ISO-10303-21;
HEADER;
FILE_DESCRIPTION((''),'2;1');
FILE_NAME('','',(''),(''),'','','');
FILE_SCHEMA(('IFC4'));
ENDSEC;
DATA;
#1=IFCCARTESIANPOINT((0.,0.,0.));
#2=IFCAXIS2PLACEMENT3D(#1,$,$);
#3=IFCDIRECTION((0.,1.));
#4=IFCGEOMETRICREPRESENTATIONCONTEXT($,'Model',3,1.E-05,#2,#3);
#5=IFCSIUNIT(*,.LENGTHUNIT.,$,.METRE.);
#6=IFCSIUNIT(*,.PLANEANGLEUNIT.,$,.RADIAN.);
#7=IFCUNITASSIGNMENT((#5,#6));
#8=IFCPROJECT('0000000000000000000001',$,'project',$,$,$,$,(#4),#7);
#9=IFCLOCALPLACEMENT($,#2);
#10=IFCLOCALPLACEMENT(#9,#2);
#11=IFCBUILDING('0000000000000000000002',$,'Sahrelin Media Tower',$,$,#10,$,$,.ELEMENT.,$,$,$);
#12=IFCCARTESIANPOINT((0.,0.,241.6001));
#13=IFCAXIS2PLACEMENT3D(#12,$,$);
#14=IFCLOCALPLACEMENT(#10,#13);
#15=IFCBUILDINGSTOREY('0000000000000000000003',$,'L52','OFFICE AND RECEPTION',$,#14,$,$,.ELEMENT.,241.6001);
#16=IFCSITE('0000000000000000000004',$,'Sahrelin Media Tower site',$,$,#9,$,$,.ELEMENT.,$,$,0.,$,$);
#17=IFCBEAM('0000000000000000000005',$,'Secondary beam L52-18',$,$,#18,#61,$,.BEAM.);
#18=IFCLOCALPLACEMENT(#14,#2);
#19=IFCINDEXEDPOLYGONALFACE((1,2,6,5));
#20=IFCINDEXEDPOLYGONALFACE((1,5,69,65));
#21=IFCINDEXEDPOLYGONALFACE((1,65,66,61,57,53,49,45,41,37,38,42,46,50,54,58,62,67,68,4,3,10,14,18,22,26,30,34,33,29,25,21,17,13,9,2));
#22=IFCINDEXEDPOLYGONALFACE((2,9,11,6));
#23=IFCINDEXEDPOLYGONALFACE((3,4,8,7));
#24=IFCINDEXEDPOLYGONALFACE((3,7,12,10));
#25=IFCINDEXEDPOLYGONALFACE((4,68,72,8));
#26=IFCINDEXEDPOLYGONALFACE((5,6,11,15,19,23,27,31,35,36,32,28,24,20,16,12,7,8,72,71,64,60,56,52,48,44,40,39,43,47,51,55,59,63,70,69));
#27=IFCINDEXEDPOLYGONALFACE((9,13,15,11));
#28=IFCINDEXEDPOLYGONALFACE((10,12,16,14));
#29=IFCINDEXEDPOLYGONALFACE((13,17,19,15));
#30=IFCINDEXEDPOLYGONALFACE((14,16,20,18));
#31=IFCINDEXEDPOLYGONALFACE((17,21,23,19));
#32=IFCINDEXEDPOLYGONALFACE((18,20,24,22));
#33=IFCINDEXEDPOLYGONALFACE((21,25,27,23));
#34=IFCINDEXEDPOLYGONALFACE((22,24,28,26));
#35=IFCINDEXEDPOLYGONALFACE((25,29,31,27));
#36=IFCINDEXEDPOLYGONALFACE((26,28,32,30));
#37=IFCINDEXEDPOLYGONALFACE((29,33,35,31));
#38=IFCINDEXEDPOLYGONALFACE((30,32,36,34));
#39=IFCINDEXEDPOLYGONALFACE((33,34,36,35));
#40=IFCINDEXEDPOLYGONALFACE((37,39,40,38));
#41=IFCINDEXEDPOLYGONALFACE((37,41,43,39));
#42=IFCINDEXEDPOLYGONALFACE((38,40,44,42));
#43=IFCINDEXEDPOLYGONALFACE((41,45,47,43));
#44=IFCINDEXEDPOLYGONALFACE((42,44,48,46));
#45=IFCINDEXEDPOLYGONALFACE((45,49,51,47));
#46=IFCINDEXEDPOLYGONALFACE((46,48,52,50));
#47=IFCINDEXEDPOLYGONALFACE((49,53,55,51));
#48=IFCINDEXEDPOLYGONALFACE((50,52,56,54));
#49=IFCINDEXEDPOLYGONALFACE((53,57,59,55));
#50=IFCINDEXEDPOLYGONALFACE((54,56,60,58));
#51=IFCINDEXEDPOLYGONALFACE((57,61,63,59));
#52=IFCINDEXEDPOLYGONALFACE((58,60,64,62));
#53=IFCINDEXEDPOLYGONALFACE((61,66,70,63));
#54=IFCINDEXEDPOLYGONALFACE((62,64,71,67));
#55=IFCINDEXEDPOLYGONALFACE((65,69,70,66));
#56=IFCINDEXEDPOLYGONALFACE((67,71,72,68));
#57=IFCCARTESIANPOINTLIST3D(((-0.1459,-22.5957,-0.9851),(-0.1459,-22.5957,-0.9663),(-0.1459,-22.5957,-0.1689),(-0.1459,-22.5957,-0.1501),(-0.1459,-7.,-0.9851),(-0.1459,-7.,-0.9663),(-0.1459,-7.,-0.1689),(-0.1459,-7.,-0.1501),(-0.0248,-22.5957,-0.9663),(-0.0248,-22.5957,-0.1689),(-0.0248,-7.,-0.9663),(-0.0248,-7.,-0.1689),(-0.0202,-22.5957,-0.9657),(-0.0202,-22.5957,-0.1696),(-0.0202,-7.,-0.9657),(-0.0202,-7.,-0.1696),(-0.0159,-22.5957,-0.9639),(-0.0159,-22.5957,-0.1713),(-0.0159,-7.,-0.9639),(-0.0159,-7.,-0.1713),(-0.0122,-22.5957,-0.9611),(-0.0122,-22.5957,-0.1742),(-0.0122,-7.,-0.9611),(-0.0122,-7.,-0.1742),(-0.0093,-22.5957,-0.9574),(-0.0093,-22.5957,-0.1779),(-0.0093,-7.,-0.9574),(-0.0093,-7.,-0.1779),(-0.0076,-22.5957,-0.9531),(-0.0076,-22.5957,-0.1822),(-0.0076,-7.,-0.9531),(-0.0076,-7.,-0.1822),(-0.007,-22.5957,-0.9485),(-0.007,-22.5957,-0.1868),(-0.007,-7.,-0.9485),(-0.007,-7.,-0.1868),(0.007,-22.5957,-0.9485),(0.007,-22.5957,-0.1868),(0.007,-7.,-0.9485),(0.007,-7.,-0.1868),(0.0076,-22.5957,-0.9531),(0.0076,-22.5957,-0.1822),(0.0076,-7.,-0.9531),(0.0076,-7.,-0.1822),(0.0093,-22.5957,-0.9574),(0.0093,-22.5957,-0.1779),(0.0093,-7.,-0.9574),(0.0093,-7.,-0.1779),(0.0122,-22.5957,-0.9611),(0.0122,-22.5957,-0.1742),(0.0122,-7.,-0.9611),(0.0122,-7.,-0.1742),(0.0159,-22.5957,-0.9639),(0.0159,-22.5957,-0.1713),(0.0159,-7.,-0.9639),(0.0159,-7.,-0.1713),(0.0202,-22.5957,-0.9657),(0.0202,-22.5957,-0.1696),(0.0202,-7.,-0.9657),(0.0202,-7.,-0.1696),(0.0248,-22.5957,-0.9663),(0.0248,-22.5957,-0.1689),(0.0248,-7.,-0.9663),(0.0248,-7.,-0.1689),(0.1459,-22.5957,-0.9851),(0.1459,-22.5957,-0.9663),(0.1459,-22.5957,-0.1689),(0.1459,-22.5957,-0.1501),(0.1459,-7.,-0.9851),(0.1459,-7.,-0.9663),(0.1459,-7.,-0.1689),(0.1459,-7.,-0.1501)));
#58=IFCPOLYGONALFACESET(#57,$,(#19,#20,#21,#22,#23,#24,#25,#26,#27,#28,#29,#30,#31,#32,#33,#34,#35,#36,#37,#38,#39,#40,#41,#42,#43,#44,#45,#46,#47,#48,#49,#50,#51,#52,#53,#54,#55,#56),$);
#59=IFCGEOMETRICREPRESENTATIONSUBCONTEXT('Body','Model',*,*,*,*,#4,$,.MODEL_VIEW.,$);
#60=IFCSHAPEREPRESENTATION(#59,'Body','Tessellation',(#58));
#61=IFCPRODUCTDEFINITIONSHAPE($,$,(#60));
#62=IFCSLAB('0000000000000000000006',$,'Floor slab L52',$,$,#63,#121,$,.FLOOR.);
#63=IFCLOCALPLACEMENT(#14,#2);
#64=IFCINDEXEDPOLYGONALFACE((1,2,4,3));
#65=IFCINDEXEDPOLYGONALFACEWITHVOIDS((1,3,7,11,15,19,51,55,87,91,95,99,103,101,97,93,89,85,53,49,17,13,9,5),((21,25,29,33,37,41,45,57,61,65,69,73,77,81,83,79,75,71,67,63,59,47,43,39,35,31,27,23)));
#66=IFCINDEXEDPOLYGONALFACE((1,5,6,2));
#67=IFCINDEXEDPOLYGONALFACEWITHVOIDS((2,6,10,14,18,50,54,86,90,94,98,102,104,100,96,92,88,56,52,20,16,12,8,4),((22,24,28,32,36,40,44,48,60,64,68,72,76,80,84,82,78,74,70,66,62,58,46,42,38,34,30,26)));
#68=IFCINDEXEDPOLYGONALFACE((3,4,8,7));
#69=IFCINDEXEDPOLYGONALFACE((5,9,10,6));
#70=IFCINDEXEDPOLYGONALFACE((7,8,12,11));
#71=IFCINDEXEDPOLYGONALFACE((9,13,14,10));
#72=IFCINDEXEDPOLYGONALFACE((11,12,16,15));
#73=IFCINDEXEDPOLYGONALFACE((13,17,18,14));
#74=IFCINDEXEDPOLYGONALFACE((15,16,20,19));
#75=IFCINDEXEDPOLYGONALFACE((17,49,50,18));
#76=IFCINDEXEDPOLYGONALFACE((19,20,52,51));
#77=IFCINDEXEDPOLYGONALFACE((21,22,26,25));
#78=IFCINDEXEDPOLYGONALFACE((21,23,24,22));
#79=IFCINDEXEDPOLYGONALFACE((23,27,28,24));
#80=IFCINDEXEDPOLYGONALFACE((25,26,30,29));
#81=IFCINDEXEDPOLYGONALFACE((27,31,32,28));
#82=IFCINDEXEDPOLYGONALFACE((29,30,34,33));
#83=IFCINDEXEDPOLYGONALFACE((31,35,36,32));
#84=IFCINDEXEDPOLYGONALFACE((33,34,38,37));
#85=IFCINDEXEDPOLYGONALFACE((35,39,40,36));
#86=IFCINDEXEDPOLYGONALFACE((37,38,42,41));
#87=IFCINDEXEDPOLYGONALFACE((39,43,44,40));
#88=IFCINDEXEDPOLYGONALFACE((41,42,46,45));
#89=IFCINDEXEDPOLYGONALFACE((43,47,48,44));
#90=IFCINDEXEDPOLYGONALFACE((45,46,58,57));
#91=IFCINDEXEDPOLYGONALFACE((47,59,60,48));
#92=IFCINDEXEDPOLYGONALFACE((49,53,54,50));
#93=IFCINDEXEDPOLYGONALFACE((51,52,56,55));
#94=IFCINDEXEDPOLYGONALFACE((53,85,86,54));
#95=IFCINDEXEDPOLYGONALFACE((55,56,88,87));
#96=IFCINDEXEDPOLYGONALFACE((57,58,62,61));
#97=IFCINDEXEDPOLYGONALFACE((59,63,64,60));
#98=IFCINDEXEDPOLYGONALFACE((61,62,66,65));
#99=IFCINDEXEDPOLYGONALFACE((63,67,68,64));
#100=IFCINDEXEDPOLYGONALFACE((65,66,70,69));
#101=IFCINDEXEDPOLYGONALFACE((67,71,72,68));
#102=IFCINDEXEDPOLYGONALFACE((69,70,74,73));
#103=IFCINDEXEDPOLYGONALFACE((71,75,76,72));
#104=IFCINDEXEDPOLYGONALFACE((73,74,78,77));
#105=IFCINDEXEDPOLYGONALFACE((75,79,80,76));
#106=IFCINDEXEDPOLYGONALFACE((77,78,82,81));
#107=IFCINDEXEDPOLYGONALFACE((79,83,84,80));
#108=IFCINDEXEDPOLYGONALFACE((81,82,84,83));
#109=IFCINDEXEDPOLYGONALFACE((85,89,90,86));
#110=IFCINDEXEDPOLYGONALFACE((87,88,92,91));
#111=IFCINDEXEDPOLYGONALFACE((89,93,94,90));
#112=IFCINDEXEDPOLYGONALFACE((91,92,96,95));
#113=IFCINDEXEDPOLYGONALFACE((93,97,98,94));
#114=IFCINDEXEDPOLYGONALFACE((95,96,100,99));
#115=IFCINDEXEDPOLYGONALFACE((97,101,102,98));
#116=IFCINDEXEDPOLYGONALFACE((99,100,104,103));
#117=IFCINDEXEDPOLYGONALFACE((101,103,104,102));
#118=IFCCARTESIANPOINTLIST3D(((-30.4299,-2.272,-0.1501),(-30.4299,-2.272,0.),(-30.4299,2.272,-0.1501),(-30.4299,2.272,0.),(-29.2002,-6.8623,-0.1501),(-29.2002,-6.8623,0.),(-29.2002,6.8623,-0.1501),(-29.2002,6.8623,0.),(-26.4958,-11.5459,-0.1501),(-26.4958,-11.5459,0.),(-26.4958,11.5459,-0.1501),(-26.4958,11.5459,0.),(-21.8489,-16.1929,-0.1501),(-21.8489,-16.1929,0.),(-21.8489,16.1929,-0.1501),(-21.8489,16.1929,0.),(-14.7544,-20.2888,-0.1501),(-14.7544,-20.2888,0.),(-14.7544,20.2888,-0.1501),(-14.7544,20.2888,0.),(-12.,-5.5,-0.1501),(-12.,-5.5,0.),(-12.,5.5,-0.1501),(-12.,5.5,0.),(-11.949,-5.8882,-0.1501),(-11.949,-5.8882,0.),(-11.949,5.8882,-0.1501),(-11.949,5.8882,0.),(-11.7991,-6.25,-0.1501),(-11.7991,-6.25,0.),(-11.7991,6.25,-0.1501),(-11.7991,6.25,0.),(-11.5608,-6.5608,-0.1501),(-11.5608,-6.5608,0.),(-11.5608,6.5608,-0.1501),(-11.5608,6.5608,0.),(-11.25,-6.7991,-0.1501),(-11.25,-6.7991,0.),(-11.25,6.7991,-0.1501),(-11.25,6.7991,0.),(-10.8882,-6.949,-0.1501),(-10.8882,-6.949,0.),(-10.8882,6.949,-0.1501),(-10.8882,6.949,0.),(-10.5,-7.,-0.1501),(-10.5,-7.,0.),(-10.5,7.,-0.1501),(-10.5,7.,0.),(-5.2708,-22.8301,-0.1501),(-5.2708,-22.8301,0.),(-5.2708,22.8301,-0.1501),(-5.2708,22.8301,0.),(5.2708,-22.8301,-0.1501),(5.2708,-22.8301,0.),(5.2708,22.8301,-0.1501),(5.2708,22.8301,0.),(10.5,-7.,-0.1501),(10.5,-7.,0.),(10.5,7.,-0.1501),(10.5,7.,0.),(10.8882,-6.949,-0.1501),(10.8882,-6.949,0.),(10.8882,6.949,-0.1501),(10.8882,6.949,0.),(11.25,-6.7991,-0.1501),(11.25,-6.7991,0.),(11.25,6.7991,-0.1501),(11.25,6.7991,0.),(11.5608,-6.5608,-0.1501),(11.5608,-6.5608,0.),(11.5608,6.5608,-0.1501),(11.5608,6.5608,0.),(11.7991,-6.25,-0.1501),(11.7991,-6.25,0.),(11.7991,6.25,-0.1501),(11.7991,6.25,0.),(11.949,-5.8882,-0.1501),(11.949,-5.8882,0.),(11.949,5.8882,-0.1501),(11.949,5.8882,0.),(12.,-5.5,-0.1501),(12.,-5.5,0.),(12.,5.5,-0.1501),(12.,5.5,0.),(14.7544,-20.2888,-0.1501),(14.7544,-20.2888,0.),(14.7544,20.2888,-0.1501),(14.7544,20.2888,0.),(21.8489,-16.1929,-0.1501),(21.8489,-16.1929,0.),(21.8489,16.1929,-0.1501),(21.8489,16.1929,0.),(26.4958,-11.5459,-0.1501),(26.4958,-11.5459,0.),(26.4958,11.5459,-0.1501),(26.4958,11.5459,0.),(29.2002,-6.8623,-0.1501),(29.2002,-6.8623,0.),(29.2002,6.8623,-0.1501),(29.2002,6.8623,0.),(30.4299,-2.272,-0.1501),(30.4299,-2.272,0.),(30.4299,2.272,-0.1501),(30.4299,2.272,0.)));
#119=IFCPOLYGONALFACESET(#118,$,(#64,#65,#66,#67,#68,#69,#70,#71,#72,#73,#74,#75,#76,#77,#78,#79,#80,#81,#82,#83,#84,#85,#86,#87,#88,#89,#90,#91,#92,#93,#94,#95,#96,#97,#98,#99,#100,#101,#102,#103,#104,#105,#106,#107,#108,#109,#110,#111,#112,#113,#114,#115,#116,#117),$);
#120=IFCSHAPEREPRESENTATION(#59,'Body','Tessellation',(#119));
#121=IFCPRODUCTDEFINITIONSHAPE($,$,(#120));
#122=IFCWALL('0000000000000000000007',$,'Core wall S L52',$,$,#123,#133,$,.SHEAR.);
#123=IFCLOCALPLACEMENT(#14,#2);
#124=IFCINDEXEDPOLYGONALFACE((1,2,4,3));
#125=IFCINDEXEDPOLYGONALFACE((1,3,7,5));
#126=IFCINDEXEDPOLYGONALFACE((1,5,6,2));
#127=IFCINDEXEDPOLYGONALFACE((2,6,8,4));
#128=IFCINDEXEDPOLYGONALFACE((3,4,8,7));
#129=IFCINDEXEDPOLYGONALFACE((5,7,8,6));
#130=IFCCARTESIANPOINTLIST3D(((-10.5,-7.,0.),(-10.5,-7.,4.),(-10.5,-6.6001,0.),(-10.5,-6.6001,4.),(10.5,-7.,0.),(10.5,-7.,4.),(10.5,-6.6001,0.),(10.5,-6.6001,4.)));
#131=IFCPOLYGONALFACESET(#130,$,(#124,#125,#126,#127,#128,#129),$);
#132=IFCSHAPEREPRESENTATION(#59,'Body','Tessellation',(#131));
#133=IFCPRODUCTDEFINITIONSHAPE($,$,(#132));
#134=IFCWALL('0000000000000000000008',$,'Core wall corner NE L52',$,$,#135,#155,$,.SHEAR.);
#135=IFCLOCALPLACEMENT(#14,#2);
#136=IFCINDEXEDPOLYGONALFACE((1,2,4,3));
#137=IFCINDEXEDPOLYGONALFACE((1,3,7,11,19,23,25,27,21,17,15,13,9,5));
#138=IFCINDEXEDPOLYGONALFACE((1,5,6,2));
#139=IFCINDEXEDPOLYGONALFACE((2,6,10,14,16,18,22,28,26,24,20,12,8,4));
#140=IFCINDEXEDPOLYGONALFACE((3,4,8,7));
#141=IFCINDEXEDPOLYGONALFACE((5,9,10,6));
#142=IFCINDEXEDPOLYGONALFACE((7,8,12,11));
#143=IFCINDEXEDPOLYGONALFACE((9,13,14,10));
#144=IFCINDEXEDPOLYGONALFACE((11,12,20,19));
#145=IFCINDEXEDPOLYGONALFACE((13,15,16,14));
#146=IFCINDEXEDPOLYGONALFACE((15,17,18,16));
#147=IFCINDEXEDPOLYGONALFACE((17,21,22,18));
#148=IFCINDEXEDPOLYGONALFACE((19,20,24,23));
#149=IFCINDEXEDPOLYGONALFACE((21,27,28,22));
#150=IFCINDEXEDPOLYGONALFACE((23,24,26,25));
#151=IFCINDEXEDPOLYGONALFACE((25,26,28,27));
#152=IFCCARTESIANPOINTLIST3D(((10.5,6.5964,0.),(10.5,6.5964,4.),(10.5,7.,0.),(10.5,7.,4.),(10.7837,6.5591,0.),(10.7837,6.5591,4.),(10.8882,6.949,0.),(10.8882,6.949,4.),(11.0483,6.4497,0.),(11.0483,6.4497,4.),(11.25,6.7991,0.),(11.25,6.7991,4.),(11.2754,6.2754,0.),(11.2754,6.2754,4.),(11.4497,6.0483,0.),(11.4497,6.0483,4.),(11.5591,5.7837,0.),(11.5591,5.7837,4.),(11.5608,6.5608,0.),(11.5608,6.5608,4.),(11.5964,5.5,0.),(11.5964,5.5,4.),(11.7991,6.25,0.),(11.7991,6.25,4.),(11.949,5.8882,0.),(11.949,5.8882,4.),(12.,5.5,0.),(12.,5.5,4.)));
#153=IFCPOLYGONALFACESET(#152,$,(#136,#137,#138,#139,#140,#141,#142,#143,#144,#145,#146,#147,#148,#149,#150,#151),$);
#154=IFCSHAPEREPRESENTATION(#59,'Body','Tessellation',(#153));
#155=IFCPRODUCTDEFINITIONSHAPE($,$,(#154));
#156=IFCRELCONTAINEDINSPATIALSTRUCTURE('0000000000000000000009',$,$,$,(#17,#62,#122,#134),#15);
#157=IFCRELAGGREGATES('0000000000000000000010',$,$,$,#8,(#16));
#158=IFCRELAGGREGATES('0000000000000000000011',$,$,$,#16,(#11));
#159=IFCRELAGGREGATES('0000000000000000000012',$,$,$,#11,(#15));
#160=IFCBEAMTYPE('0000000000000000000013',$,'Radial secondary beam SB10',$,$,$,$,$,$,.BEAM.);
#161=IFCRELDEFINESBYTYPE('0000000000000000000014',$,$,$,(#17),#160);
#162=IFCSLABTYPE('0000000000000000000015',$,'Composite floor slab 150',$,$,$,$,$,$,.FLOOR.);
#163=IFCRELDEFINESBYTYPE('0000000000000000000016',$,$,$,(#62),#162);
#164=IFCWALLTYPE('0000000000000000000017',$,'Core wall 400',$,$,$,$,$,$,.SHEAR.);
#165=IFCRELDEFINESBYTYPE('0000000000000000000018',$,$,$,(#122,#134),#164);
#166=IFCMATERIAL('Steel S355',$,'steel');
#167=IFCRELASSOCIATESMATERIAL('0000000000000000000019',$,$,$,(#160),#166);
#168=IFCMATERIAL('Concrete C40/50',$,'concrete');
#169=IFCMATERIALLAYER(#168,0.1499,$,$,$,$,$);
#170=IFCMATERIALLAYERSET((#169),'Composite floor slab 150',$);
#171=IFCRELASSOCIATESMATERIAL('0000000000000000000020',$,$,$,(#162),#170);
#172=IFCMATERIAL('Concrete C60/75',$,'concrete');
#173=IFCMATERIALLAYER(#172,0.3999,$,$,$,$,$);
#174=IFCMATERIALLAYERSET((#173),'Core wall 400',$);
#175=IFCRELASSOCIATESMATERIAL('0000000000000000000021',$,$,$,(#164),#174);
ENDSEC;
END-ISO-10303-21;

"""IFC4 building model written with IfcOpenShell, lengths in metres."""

from ifc_helpers import new_model, si_unit, direction, frame, frame_2d, origin, origin_2d, place, context, subcontext, project, spatial, polyline, rectangle, i_section, outline, extrude, material, layer, layer_set, material_profile, profile_set, type_object, element, save


model = new_model("IFC4")

# Units and contexts
model_context = context("Model", 3, precision=1e-05, world=origin(), true_north=direction((0.0, 1.0)))
body_context = subcontext(model_context, "Body", "Model", "MODEL_VIEW")
ifc_project = project(units=[si_unit("LENGTHUNIT", "METRE"), si_unit("PLANEANGLEUNIT", "RADIAN")], contexts=[model_context])

# Site, building, storey
site_placement = place(None, origin())
site = spatial("IfcSite", under=ifc_project, at=site_placement, Name="Sahrelin Media Tower site", CompositionType="ELEMENT", RefElevation=0.0)
building_placement = place(site_placement, origin())
building = spatial("IfcBuilding", under=site, at=building_placement, Name="Sahrelin Media Tower", CompositionType="ELEMENT")
storey_placement = place(building_placement, frame((0.0, 0.0, 241.6001)))
storey = spatial("IfcBuildingStorey", under=building, at=storey_placement, Name="L52", Description="OFFICE AND RECEPTION", CompositionType="ELEMENT", Elevation=241.6001)

# Beam
ifc_material_1 = material(Name="Steel S355", Category="steel")
ifc_material_profile = material_profile(ifc_material_1, i_section(OverallWidth=0.2917, OverallDepth=0.835, WebThickness=0.0139, FlangeThickness=0.0188, FilletRadius=0.0178, at=origin_2d()), Name="UB 838x292x176")
ifc_profile_set = profile_set([ifc_material_profile], Name="Steel S355")
beam_type = type_object("IfcBeamType", Name="Radial secondary beam SB10", PredefinedType="BEAM", material=ifc_profile_set)
beam_placement = place(storey_placement, frame((0.0, -7.0, -0.5676), z_axis=(0.0, -1.0, 0.0), x_axis=(1.0, 0.0, 0.0)))
element("IfcBeam", 1, at=beam_placement, inside=storey, type_object=beam_type, Name="Secondary beam L52-18", PredefinedType="BEAM", context=body_context, shape_type="SweptSolid", body=[
    extrude(i_section(OverallWidth=0.2917, OverallDepth=0.835, WebThickness=0.0139, FlangeThickness=0.0188, FilletRadius=0.0178, at=origin_2d()), origin(), (0.0, 0.0, 1.0), 15.5957),
])

# Slab
ifc_material_2 = material(Name="Concrete C40/50", Category="concrete")
ifc_layer_1 = layer(ifc_material_2, 0.1499)
ifc_layer_set_1 = layer_set([ifc_layer_1], Name="Composite floor slab 150")
slab_type = type_object("IfcSlabType", Name="Composite floor slab 150", PredefinedType="FLOOR", material=ifc_layer_set_1)
slab_placement = place(storey_placement, frame((0.0, 0.0, -0.1501)))
element("IfcSlab", 2, at=slab_placement, inside=storey, type_object=slab_type, Name="Floor slab L52", PredefinedType="FLOOR", context=body_context, shape_type="SweptSolid", body=[
    extrude(outline(polyline([(30.4299, -2.272), (30.4299, 2.272), (29.2002, 6.8623), (26.4958, 11.5459), (21.8489, 16.1929), (14.7544, 20.2888), (5.2708, 22.8301), (-5.2708, 22.8301), (-14.7544, 20.2888), (-21.8489, 16.1929), (-26.4958, 11.5459), (-29.2002, 6.8623), (-30.4299, 2.272), (-30.4299, -2.272), (-29.2002, -6.8623), (-26.4958, -11.5459), (-21.8489, -16.1929), (-14.7544, -20.2888), (-5.2708, -22.8301), (5.2708, -22.8301), (14.7544, -20.2888), (21.8489, -16.1929), (26.4958, -11.5459), (29.2002, -6.8623), (30.4299, -2.272)]), holes=[polyline([(11.949, 5.8882), (12.0, 5.5), (12.0, -5.5), (11.949, -5.8882), (11.7991, -6.25), (11.5608, -6.5608), (11.25, -6.7991), (10.8882, -6.949), (10.5, -7.0), (-10.5, -7.0), (-10.8882, -6.949), (-11.25, -6.7991), (-11.5608, -6.5608), (-11.7991, -6.25), (-11.949, -5.8882), (-12.0, -5.5), (-12.0, 5.5), (-11.949, 5.8882), (-11.7991, 6.25), (-11.5608, 6.5608), (-11.25, 6.7991), (-10.8882, 6.949), (-10.5, 7.0), (10.5, 7.0), (10.8882, 6.949), (11.25, 6.7991), (11.5608, 6.5608), (11.7991, 6.25), (11.949, 5.8882)])]), origin(), (0.0, 0.0, 1.0), 0.1501),
])

# Walls
ifc_material_3 = material(Name="Concrete C60/75", Category="concrete")
ifc_layer_2 = layer(ifc_material_3, 0.3999)
ifc_layer_set_2 = layer_set([ifc_layer_2], Name="Core wall 400")
wall_type_1 = type_object("IfcWallType", Name="Core wall 400", PredefinedType="SHEAR", material=ifc_layer_set_2)
wall_1_placement = place(storey_placement, frame((-10.5, -6.8, 0.0), z_axis=(0.0, 0.0, 1.0), x_axis=(1.0, 0.0, 0.0)))
element("IfcWall", 3, at=wall_1_placement, inside=storey, type_object=wall_type_1, Name="Core wall S L52", PredefinedType="SHEAR", context=body_context, shape_type="SweptSolid", body=[
    extrude(rectangle(XDim=21.0, YDim=0.3999, at=frame_2d((10.5, 0.0))), origin(), (0.0, 0.0, 1.0), 4.0),
])
wall_2_placement = place(storey_placement, origin())
element("IfcWall", 4, at=wall_2_placement, inside=storey, type_object=wall_type_1, Name="Core wall corner NE L52", PredefinedType="SHEAR", context=body_context, shape_type="SweptSolid", body=[
    extrude(outline(polyline([(10.5, 7.0), (10.5, 6.5964), (10.7837, 6.5591), (11.0483, 6.4497), (11.2754, 6.2754), (11.4497, 6.0483), (11.5591, 5.7837), (11.5964, 5.5), (12.0, 5.5), (11.949, 5.8882), (11.7991, 6.25), (11.5608, 6.5608), (11.25, 6.7991), (10.8882, 6.949), (10.5, 7.0)])), origin(), (0.0, 0.0, 1.0), 4.0),
])

save(model, "model.ifc")
